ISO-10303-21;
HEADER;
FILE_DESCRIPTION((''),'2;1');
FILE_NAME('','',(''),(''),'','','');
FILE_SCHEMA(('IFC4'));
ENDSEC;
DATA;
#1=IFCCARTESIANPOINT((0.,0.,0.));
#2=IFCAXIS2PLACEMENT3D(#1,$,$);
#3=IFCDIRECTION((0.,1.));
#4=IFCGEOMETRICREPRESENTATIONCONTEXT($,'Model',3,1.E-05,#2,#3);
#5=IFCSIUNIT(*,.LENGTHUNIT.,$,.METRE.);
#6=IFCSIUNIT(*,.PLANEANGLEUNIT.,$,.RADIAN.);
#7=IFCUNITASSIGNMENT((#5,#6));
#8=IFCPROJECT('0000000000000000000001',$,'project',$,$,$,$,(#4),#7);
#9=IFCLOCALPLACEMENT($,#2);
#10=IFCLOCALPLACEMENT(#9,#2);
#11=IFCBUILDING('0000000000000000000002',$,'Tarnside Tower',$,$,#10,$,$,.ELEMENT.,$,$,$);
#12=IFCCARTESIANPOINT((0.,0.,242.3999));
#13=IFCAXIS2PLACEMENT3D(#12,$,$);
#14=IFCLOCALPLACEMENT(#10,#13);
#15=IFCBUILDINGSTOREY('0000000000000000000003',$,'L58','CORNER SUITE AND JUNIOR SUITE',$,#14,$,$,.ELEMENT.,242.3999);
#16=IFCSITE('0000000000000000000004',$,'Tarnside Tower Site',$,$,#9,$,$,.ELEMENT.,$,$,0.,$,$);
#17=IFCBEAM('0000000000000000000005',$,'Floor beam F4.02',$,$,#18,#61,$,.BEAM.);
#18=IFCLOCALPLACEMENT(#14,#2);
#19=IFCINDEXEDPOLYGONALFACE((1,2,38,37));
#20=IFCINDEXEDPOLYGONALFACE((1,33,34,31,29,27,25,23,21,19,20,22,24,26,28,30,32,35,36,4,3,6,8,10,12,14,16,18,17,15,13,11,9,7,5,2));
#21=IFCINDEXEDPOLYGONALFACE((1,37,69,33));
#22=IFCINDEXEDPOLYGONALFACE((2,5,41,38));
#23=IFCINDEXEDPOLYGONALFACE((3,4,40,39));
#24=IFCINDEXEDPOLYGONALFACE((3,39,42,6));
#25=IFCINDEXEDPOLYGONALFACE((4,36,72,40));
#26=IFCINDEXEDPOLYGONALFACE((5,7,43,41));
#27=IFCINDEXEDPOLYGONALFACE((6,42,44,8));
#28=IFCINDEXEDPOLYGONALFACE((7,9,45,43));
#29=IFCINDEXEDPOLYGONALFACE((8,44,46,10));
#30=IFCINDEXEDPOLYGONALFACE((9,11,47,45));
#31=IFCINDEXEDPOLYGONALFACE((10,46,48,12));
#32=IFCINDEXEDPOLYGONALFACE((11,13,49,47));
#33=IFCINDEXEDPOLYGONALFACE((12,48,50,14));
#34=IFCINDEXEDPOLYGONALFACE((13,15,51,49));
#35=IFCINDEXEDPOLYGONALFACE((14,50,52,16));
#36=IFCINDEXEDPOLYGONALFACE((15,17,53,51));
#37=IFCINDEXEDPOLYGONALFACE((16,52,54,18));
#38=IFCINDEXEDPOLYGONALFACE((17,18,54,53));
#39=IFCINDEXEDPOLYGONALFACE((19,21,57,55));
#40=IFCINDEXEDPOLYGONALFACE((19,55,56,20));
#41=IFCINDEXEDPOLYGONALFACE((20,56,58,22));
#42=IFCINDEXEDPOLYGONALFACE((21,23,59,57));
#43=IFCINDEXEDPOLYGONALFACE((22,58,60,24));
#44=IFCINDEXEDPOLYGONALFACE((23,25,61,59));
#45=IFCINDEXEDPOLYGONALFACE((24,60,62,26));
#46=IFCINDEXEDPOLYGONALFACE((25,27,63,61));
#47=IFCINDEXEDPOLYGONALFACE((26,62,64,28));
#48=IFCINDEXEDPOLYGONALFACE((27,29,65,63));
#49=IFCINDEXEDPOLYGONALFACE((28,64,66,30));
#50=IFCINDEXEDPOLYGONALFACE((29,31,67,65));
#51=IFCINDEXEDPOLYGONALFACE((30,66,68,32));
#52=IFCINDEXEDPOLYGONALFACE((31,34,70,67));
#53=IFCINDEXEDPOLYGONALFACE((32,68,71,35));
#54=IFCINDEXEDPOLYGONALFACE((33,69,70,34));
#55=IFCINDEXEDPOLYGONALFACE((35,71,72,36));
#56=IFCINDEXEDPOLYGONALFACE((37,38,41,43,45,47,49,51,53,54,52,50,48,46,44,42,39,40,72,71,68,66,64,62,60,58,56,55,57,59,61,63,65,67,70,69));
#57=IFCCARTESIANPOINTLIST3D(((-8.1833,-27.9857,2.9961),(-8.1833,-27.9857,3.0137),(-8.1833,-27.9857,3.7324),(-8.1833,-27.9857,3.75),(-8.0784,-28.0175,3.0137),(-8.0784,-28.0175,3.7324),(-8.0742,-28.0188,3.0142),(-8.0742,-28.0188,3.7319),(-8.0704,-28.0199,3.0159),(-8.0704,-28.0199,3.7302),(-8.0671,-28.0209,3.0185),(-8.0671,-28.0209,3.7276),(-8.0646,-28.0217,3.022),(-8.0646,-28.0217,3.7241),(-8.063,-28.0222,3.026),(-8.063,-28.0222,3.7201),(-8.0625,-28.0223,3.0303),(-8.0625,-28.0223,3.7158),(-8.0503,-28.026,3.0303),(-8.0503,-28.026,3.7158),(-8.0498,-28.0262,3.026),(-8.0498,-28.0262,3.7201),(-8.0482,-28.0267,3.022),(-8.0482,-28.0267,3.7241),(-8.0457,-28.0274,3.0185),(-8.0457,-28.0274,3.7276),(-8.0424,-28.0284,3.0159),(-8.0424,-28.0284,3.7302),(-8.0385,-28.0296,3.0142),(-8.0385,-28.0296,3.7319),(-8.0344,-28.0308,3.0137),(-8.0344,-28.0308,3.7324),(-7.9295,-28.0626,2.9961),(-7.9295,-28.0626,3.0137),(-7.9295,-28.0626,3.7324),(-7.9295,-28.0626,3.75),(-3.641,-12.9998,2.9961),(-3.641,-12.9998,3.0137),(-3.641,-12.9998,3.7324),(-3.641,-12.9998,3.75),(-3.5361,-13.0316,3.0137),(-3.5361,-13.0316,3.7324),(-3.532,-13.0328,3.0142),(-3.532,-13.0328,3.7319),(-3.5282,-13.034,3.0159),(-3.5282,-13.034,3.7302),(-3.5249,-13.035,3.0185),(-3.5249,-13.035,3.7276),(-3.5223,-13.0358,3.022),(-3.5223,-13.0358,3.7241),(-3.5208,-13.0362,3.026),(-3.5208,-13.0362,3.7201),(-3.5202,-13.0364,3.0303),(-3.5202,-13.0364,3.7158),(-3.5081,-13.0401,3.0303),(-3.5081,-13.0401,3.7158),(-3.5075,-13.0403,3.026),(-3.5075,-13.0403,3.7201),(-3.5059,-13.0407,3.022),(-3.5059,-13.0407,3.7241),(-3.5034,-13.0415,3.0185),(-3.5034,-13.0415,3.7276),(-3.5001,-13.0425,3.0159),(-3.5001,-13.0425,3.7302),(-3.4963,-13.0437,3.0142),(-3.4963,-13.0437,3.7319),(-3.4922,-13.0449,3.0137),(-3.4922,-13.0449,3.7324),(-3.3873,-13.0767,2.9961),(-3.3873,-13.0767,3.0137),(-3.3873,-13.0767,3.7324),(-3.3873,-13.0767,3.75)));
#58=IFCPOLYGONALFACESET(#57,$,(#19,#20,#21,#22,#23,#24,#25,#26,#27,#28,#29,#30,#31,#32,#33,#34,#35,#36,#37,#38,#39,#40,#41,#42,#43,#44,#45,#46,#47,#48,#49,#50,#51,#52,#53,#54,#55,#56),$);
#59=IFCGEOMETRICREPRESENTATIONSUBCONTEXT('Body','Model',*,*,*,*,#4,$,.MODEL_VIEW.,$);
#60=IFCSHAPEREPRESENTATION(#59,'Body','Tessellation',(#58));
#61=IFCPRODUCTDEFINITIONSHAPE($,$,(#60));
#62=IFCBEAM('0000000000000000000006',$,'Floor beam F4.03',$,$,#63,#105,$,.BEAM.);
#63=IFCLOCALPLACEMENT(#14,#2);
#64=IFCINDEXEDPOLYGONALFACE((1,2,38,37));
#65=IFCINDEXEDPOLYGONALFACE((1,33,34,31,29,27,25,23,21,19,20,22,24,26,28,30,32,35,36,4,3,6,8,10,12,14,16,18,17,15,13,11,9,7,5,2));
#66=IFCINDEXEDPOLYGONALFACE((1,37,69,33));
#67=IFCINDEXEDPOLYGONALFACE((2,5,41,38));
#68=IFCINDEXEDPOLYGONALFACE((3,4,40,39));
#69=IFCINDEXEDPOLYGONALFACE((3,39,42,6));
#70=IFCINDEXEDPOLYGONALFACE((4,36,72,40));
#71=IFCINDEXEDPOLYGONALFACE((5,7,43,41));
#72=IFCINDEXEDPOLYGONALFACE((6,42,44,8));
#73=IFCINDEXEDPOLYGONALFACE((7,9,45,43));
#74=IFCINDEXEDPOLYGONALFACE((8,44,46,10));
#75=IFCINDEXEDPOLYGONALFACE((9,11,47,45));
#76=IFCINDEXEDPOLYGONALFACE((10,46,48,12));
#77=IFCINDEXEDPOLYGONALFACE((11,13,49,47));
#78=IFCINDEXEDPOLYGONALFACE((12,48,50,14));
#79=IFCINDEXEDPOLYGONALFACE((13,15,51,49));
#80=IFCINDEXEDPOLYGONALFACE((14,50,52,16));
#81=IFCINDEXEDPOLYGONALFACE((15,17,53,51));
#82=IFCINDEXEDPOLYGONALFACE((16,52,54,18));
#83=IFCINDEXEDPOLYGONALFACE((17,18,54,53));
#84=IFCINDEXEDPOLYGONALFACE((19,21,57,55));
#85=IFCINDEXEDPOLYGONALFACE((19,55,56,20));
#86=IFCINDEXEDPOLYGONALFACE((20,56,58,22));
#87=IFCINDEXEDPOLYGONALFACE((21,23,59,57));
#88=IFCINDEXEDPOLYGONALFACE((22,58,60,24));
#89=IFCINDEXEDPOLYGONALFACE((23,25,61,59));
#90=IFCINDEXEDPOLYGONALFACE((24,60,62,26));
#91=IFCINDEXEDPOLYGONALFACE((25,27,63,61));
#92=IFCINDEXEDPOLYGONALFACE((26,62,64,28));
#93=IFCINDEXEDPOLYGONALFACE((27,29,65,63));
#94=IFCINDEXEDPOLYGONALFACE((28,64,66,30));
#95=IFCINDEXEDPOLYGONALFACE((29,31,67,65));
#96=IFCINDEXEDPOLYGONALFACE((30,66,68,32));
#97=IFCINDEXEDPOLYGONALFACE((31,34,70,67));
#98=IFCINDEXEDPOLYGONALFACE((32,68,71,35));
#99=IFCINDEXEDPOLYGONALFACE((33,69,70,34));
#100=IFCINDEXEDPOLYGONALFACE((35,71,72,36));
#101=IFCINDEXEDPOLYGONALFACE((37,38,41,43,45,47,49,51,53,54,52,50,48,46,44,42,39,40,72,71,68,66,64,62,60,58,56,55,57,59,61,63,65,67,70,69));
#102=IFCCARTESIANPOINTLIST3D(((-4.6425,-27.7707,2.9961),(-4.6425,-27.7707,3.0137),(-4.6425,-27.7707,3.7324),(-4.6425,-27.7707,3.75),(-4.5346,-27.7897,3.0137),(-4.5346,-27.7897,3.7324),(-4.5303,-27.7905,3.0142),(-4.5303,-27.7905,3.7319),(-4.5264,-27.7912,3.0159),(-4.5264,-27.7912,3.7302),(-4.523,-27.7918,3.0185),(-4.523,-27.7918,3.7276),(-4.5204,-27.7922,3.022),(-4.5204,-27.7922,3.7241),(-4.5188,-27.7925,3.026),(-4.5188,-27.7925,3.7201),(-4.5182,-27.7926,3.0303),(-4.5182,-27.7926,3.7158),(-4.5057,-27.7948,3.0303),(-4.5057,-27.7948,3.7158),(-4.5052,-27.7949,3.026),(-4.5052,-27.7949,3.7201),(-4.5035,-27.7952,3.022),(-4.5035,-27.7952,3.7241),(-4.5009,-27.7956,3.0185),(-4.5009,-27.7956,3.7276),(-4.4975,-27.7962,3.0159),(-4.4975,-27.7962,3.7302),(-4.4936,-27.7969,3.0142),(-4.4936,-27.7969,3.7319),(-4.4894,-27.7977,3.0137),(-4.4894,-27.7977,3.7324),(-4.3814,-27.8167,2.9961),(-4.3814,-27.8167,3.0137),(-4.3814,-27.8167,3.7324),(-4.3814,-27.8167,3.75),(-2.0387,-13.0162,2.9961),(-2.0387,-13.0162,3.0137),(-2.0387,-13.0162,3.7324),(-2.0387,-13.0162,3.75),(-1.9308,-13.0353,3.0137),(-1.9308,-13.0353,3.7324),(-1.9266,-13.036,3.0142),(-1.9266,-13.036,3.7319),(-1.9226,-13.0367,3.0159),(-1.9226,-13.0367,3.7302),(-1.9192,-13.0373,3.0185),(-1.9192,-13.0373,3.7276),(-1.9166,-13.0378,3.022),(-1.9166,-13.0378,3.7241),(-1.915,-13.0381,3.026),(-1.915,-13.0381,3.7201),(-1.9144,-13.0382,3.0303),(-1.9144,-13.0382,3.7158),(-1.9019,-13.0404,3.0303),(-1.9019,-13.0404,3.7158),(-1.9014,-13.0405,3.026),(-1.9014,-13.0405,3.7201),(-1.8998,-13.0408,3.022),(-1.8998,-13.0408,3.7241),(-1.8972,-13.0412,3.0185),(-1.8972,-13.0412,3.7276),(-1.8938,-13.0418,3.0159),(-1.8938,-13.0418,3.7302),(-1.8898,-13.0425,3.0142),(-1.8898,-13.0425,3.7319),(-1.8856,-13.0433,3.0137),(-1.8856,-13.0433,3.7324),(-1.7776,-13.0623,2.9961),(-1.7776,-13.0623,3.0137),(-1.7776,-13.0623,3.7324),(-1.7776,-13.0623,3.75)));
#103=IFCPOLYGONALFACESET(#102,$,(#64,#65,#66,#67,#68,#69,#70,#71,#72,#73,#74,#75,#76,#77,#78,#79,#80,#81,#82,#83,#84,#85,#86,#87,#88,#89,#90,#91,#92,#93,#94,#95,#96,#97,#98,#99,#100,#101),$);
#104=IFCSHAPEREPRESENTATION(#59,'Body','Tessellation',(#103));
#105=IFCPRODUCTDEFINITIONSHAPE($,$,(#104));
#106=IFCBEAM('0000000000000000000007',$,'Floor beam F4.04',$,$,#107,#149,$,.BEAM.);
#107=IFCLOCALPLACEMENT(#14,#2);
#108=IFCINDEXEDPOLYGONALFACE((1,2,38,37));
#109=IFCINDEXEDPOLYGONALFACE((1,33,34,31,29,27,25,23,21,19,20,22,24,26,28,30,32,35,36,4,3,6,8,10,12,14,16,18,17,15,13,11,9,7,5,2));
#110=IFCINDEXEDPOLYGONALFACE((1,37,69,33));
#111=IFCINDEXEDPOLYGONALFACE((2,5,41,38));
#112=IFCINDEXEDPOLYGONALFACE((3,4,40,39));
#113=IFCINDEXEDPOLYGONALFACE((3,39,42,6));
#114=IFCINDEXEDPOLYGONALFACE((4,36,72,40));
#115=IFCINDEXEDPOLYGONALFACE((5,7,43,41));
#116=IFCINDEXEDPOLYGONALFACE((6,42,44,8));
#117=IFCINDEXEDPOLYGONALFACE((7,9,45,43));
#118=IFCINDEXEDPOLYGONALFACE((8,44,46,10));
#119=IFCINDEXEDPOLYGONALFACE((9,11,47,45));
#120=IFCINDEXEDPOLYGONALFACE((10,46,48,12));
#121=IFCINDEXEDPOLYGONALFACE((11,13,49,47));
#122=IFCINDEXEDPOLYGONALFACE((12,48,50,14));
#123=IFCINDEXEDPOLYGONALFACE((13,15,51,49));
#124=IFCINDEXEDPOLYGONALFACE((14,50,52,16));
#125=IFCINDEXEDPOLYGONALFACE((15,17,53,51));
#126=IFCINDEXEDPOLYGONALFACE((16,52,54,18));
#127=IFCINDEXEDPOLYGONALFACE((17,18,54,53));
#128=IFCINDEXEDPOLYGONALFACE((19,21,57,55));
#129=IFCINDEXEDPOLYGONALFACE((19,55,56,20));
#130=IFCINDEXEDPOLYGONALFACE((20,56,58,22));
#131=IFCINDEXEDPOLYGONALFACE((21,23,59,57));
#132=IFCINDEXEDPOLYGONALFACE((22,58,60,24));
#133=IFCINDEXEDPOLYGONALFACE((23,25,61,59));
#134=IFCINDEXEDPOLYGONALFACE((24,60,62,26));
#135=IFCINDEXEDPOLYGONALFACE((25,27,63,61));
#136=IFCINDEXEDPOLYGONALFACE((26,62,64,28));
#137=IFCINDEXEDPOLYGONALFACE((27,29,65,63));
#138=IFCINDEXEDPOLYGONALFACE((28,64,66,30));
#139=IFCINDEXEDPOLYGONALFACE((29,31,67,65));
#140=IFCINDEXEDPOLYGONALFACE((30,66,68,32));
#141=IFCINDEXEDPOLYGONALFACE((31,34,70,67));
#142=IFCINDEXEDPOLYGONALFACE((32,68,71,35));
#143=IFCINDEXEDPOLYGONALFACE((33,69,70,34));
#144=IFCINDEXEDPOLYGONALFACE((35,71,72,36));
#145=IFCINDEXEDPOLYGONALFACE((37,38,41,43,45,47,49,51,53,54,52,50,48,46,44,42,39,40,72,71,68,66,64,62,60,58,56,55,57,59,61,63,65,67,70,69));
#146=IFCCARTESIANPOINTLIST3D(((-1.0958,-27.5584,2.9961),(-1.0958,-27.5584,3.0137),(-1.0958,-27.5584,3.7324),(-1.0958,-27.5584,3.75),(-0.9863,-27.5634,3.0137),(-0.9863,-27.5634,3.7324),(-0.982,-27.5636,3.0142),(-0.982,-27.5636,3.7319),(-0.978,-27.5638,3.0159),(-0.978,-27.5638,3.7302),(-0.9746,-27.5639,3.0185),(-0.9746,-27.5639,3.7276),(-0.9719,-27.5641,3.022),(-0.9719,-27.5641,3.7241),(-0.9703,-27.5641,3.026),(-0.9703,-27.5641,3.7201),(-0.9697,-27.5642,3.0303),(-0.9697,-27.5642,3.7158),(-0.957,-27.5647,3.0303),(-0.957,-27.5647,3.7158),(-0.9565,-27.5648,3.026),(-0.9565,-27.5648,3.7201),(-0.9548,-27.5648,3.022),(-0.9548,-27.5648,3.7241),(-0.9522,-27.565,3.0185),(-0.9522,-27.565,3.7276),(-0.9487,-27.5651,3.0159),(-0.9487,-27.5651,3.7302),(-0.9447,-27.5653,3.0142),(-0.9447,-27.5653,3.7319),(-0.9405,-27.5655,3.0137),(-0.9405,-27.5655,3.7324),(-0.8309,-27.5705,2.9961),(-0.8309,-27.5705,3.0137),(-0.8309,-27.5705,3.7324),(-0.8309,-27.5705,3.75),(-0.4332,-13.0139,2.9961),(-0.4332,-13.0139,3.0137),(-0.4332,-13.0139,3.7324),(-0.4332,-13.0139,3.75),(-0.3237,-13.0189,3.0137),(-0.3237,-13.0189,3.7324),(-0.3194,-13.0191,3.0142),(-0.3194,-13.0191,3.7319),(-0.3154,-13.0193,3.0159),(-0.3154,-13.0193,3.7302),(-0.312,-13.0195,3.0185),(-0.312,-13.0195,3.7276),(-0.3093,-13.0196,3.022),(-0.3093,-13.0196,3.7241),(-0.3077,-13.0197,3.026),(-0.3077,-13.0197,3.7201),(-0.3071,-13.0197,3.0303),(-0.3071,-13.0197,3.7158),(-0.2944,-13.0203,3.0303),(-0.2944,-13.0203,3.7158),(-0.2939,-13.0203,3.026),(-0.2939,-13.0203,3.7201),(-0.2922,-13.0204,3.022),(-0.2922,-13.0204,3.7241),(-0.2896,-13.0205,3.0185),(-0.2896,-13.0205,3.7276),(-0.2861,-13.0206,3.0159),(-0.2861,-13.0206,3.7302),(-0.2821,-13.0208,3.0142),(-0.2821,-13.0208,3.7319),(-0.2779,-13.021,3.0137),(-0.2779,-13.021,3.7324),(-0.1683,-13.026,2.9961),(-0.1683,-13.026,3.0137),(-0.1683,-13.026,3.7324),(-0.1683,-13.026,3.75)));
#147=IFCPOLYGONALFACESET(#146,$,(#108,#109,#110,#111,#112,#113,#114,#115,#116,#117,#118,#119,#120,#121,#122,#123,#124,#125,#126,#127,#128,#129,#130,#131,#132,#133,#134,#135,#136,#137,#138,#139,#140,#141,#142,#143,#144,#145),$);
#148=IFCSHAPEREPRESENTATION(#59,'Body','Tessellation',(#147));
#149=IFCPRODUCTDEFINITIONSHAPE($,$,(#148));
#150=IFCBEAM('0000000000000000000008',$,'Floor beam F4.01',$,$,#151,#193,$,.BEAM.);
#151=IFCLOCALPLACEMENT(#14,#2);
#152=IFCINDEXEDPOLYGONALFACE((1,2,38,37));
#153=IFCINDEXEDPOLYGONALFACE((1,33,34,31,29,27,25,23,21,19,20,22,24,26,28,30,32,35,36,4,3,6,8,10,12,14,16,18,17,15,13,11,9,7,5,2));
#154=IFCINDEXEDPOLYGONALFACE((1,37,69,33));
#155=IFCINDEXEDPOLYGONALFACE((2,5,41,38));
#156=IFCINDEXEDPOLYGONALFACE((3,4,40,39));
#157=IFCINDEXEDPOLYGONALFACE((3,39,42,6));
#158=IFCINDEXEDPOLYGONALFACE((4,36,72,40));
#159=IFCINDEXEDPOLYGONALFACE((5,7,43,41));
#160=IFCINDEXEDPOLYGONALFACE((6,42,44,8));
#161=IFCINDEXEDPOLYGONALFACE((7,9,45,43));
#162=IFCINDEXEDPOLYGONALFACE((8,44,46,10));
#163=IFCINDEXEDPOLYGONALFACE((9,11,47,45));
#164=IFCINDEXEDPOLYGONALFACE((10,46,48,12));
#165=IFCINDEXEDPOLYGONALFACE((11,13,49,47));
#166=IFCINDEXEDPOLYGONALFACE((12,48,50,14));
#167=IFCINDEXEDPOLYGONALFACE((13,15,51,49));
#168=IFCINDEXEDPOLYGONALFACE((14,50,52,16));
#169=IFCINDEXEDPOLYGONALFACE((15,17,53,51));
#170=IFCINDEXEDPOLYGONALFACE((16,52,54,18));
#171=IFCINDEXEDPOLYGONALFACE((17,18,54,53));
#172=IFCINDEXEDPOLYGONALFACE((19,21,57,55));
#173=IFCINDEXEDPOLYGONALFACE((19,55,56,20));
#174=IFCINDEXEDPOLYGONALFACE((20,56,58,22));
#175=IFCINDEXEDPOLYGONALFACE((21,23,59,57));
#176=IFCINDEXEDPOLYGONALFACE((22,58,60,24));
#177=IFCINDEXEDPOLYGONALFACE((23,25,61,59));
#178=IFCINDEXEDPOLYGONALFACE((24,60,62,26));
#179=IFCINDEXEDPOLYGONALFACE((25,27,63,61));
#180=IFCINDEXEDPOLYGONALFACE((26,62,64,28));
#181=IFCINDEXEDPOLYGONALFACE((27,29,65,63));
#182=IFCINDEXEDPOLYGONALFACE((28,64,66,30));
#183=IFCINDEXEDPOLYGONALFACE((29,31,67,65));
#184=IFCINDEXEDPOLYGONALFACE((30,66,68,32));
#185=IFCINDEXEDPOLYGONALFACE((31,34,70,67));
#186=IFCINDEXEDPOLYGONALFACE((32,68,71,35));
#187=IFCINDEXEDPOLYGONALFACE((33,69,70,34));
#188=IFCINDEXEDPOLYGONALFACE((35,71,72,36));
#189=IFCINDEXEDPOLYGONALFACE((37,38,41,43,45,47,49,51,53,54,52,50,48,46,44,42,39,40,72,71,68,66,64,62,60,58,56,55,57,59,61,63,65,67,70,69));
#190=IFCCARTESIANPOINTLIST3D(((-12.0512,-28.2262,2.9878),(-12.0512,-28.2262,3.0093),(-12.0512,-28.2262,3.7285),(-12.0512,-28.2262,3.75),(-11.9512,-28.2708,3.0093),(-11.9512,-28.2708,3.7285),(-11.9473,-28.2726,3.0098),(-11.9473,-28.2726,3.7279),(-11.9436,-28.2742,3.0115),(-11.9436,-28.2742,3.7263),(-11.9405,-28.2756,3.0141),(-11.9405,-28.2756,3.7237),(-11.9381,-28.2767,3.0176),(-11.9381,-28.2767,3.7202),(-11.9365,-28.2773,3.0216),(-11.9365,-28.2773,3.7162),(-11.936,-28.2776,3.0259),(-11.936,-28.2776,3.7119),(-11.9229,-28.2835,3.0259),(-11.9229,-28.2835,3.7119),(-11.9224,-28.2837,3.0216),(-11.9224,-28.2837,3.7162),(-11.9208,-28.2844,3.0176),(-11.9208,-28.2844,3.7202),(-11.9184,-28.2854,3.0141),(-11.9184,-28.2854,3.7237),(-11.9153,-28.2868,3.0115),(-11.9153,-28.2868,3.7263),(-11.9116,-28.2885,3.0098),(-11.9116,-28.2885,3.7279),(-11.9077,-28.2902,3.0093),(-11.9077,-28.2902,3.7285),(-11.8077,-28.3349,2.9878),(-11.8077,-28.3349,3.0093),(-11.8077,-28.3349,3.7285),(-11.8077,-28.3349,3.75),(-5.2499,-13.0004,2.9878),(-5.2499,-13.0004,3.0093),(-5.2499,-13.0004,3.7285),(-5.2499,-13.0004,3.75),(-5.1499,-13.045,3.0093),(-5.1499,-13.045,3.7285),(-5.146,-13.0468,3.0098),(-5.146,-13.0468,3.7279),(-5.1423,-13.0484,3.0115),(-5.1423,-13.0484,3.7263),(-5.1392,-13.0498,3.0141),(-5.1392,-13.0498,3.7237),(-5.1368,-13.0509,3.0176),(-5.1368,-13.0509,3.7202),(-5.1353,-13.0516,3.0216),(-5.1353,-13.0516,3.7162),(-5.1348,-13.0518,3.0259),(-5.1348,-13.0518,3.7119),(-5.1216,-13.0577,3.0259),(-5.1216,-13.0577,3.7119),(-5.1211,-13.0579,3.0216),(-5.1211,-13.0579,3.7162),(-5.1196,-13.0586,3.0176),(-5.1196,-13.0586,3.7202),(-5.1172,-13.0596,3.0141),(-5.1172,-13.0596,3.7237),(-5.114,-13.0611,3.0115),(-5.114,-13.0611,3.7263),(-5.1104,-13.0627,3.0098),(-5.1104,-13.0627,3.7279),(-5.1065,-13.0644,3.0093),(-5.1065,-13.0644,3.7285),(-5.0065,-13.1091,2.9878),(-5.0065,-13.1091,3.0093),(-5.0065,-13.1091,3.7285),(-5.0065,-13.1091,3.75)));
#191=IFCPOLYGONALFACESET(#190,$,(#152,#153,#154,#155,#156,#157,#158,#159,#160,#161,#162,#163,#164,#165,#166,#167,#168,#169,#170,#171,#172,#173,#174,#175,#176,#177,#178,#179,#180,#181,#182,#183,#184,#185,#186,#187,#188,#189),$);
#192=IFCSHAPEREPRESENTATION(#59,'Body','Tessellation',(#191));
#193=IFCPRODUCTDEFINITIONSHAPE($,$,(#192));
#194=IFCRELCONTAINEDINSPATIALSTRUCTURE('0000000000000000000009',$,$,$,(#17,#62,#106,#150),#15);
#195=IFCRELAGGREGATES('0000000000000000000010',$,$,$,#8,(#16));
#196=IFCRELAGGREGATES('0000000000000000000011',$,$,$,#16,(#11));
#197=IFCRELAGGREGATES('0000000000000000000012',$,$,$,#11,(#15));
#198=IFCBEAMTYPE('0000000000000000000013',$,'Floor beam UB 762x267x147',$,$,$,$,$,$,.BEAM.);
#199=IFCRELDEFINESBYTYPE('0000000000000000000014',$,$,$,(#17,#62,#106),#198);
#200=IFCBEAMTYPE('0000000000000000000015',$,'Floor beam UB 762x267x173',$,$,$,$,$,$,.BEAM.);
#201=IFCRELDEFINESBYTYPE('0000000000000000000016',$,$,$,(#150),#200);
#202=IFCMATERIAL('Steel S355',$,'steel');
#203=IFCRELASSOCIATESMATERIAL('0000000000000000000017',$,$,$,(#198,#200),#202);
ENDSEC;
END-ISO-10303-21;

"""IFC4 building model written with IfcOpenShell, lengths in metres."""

from ifc_helpers import new_model, si_unit, direction, frame, origin, origin_2d, place, context, subcontext, project, spatial, i_section, extrude, material, material_profile, profile_set, type_object, element, save


model = new_model("IFC4")

# Units and contexts
model_context = context("Model", 3, precision=1e-05, world=origin(), true_north=direction((0.0, 1.0)))
body_context = subcontext(model_context, "Body", "Model", "MODEL_VIEW")
ifc_project = project(units=[si_unit("LENGTHUNIT", "METRE"), si_unit("PLANEANGLEUNIT", "RADIAN")], contexts=[model_context])

# Site, building, storey
site_placement = place(None, origin())
site = spatial("IfcSite", under=ifc_project, at=site_placement, Name="Tarnside Tower Site", CompositionType="ELEMENT", RefElevation=0.0)
building_placement = place(site_placement, origin())
building = spatial("IfcBuilding", under=site, at=building_placement, Name="Tarnside Tower", CompositionType="ELEMENT")
storey_placement = place(building_placement, frame((0.0, 0.0, 242.3999)))
storey = spatial("IfcBuildingStorey", under=building, at=storey_placement, Name="L58", Description="CORNER SUITE AND JUNIOR SUITE", CompositionType="ELEMENT", Elevation=242.3999)

# Beams
ifc_material_1 = material(Name="Steel S355", Category="steel")
ifc_material_profile_1 = material_profile(ifc_material_1, i_section(OverallWidth=0.2651, OverallDepth=0.7539, WebThickness=0.0127, FlangeThickness=0.0176, FilletRadius=0.0166, at=origin_2d()), Name="UB 762x267x147")
ifc_profile_set_1 = profile_set([ifc_material_profile_1], Name="Steel S355")
beam_type_1 = type_object("IfcBeamType", Name="Floor beam UB 762x267x147", PredefinedType="BEAM", material=ifc_profile_set_1)
beam_1_placement = place(storey_placement, frame((-8.0564, -28.0242, 3.373), z_axis=(0.29007, 0.957005, 0.0), x_axis=(-0.957005, 0.29007, 0.0)))
element("IfcBeam", 1, at=beam_1_placement, inside=storey, type_object=beam_type_1, Name="Floor beam F4.02", PredefinedType="BEAM", context=body_context, shape_type="SweptSolid", body=[
    extrude(i_section(OverallWidth=0.2651, OverallDepth=0.7539, WebThickness=0.0127, FlangeThickness=0.0176, FilletRadius=0.0166, at=origin_2d()), origin(), (0.0, 0.0, 1.0), 15.6592),
])
beam_2_placement = place(storey_placement, frame((-4.512, -27.7937, 3.373), z_axis=(0.173788, 0.984783, 0.0), x_axis=(-0.984783, 0.173788, 0.0)))
element("IfcBeam", 2, at=beam_2_placement, inside=storey, type_object=beam_type_1, Name="Floor beam F4.03", PredefinedType="BEAM", context=body_context, shape_type="SweptSolid", body=[
    extrude(i_section(OverallWidth=0.2651, OverallDepth=0.7539, WebThickness=0.0127, FlangeThickness=0.0176, FilletRadius=0.0166, at=origin_2d()), origin(), (0.0, 0.0, 1.0), 14.9824),
])
beam_3_placement = place(storey_placement, frame((-0.9634, -27.5645, 3.373), z_axis=(0.04551, 0.998964, 0.0), x_axis=(-0.998964, 0.04551, 0.0)))
element("IfcBeam", 3, at=beam_3_placement, inside=storey, type_object=beam_type_1, Name="Floor beam F4.04", PredefinedType="BEAM", context=body_context, shape_type="SweptSolid", body=[
    extrude(i_section(OverallWidth=0.2651, OverallDepth=0.7539, WebThickness=0.0127, FlangeThickness=0.0176, FilletRadius=0.0166, at=origin_2d()), origin(), (0.0, 0.0, 1.0), 14.5596),
])
ifc_material_profile_2 = material_profile(ifc_material_1, i_section(OverallWidth=0.2666, OverallDepth=0.7622, WebThickness=0.0144, FlangeThickness=0.0215, FilletRadius=0.0166, at=origin_2d()), Name="UB 762x267x173")
ifc_profile_set_2 = profile_set([ifc_material_profile_2], Name="Steel S355")
beam_type_2 = type_object("IfcBeamType", Name="Floor beam UB 762x267x173", PredefinedType="BEAM", material=ifc_profile_set_2)
beam_4_placement = place(storey_placement, frame((-11.9294, -28.2805, 3.3689), z_axis=(0.407852, 0.913048, 0.0), x_axis=(-0.913048, 0.407852, 0.0)))
element("IfcBeam", 4, at=beam_4_placement, inside=storey, type_object=beam_type_2, Name="Floor beam F4.01", PredefinedType="BEAM", context=body_context, shape_type="SweptSolid", body=[
    extrude(i_section(OverallWidth=0.2666, OverallDepth=0.7622, WebThickness=0.0144, FlangeThickness=0.0215, FilletRadius=0.0166, at=origin_2d()), origin(), (0.0, 0.0, 1.0), 16.6758),
])

save(model, "model.ifc")
